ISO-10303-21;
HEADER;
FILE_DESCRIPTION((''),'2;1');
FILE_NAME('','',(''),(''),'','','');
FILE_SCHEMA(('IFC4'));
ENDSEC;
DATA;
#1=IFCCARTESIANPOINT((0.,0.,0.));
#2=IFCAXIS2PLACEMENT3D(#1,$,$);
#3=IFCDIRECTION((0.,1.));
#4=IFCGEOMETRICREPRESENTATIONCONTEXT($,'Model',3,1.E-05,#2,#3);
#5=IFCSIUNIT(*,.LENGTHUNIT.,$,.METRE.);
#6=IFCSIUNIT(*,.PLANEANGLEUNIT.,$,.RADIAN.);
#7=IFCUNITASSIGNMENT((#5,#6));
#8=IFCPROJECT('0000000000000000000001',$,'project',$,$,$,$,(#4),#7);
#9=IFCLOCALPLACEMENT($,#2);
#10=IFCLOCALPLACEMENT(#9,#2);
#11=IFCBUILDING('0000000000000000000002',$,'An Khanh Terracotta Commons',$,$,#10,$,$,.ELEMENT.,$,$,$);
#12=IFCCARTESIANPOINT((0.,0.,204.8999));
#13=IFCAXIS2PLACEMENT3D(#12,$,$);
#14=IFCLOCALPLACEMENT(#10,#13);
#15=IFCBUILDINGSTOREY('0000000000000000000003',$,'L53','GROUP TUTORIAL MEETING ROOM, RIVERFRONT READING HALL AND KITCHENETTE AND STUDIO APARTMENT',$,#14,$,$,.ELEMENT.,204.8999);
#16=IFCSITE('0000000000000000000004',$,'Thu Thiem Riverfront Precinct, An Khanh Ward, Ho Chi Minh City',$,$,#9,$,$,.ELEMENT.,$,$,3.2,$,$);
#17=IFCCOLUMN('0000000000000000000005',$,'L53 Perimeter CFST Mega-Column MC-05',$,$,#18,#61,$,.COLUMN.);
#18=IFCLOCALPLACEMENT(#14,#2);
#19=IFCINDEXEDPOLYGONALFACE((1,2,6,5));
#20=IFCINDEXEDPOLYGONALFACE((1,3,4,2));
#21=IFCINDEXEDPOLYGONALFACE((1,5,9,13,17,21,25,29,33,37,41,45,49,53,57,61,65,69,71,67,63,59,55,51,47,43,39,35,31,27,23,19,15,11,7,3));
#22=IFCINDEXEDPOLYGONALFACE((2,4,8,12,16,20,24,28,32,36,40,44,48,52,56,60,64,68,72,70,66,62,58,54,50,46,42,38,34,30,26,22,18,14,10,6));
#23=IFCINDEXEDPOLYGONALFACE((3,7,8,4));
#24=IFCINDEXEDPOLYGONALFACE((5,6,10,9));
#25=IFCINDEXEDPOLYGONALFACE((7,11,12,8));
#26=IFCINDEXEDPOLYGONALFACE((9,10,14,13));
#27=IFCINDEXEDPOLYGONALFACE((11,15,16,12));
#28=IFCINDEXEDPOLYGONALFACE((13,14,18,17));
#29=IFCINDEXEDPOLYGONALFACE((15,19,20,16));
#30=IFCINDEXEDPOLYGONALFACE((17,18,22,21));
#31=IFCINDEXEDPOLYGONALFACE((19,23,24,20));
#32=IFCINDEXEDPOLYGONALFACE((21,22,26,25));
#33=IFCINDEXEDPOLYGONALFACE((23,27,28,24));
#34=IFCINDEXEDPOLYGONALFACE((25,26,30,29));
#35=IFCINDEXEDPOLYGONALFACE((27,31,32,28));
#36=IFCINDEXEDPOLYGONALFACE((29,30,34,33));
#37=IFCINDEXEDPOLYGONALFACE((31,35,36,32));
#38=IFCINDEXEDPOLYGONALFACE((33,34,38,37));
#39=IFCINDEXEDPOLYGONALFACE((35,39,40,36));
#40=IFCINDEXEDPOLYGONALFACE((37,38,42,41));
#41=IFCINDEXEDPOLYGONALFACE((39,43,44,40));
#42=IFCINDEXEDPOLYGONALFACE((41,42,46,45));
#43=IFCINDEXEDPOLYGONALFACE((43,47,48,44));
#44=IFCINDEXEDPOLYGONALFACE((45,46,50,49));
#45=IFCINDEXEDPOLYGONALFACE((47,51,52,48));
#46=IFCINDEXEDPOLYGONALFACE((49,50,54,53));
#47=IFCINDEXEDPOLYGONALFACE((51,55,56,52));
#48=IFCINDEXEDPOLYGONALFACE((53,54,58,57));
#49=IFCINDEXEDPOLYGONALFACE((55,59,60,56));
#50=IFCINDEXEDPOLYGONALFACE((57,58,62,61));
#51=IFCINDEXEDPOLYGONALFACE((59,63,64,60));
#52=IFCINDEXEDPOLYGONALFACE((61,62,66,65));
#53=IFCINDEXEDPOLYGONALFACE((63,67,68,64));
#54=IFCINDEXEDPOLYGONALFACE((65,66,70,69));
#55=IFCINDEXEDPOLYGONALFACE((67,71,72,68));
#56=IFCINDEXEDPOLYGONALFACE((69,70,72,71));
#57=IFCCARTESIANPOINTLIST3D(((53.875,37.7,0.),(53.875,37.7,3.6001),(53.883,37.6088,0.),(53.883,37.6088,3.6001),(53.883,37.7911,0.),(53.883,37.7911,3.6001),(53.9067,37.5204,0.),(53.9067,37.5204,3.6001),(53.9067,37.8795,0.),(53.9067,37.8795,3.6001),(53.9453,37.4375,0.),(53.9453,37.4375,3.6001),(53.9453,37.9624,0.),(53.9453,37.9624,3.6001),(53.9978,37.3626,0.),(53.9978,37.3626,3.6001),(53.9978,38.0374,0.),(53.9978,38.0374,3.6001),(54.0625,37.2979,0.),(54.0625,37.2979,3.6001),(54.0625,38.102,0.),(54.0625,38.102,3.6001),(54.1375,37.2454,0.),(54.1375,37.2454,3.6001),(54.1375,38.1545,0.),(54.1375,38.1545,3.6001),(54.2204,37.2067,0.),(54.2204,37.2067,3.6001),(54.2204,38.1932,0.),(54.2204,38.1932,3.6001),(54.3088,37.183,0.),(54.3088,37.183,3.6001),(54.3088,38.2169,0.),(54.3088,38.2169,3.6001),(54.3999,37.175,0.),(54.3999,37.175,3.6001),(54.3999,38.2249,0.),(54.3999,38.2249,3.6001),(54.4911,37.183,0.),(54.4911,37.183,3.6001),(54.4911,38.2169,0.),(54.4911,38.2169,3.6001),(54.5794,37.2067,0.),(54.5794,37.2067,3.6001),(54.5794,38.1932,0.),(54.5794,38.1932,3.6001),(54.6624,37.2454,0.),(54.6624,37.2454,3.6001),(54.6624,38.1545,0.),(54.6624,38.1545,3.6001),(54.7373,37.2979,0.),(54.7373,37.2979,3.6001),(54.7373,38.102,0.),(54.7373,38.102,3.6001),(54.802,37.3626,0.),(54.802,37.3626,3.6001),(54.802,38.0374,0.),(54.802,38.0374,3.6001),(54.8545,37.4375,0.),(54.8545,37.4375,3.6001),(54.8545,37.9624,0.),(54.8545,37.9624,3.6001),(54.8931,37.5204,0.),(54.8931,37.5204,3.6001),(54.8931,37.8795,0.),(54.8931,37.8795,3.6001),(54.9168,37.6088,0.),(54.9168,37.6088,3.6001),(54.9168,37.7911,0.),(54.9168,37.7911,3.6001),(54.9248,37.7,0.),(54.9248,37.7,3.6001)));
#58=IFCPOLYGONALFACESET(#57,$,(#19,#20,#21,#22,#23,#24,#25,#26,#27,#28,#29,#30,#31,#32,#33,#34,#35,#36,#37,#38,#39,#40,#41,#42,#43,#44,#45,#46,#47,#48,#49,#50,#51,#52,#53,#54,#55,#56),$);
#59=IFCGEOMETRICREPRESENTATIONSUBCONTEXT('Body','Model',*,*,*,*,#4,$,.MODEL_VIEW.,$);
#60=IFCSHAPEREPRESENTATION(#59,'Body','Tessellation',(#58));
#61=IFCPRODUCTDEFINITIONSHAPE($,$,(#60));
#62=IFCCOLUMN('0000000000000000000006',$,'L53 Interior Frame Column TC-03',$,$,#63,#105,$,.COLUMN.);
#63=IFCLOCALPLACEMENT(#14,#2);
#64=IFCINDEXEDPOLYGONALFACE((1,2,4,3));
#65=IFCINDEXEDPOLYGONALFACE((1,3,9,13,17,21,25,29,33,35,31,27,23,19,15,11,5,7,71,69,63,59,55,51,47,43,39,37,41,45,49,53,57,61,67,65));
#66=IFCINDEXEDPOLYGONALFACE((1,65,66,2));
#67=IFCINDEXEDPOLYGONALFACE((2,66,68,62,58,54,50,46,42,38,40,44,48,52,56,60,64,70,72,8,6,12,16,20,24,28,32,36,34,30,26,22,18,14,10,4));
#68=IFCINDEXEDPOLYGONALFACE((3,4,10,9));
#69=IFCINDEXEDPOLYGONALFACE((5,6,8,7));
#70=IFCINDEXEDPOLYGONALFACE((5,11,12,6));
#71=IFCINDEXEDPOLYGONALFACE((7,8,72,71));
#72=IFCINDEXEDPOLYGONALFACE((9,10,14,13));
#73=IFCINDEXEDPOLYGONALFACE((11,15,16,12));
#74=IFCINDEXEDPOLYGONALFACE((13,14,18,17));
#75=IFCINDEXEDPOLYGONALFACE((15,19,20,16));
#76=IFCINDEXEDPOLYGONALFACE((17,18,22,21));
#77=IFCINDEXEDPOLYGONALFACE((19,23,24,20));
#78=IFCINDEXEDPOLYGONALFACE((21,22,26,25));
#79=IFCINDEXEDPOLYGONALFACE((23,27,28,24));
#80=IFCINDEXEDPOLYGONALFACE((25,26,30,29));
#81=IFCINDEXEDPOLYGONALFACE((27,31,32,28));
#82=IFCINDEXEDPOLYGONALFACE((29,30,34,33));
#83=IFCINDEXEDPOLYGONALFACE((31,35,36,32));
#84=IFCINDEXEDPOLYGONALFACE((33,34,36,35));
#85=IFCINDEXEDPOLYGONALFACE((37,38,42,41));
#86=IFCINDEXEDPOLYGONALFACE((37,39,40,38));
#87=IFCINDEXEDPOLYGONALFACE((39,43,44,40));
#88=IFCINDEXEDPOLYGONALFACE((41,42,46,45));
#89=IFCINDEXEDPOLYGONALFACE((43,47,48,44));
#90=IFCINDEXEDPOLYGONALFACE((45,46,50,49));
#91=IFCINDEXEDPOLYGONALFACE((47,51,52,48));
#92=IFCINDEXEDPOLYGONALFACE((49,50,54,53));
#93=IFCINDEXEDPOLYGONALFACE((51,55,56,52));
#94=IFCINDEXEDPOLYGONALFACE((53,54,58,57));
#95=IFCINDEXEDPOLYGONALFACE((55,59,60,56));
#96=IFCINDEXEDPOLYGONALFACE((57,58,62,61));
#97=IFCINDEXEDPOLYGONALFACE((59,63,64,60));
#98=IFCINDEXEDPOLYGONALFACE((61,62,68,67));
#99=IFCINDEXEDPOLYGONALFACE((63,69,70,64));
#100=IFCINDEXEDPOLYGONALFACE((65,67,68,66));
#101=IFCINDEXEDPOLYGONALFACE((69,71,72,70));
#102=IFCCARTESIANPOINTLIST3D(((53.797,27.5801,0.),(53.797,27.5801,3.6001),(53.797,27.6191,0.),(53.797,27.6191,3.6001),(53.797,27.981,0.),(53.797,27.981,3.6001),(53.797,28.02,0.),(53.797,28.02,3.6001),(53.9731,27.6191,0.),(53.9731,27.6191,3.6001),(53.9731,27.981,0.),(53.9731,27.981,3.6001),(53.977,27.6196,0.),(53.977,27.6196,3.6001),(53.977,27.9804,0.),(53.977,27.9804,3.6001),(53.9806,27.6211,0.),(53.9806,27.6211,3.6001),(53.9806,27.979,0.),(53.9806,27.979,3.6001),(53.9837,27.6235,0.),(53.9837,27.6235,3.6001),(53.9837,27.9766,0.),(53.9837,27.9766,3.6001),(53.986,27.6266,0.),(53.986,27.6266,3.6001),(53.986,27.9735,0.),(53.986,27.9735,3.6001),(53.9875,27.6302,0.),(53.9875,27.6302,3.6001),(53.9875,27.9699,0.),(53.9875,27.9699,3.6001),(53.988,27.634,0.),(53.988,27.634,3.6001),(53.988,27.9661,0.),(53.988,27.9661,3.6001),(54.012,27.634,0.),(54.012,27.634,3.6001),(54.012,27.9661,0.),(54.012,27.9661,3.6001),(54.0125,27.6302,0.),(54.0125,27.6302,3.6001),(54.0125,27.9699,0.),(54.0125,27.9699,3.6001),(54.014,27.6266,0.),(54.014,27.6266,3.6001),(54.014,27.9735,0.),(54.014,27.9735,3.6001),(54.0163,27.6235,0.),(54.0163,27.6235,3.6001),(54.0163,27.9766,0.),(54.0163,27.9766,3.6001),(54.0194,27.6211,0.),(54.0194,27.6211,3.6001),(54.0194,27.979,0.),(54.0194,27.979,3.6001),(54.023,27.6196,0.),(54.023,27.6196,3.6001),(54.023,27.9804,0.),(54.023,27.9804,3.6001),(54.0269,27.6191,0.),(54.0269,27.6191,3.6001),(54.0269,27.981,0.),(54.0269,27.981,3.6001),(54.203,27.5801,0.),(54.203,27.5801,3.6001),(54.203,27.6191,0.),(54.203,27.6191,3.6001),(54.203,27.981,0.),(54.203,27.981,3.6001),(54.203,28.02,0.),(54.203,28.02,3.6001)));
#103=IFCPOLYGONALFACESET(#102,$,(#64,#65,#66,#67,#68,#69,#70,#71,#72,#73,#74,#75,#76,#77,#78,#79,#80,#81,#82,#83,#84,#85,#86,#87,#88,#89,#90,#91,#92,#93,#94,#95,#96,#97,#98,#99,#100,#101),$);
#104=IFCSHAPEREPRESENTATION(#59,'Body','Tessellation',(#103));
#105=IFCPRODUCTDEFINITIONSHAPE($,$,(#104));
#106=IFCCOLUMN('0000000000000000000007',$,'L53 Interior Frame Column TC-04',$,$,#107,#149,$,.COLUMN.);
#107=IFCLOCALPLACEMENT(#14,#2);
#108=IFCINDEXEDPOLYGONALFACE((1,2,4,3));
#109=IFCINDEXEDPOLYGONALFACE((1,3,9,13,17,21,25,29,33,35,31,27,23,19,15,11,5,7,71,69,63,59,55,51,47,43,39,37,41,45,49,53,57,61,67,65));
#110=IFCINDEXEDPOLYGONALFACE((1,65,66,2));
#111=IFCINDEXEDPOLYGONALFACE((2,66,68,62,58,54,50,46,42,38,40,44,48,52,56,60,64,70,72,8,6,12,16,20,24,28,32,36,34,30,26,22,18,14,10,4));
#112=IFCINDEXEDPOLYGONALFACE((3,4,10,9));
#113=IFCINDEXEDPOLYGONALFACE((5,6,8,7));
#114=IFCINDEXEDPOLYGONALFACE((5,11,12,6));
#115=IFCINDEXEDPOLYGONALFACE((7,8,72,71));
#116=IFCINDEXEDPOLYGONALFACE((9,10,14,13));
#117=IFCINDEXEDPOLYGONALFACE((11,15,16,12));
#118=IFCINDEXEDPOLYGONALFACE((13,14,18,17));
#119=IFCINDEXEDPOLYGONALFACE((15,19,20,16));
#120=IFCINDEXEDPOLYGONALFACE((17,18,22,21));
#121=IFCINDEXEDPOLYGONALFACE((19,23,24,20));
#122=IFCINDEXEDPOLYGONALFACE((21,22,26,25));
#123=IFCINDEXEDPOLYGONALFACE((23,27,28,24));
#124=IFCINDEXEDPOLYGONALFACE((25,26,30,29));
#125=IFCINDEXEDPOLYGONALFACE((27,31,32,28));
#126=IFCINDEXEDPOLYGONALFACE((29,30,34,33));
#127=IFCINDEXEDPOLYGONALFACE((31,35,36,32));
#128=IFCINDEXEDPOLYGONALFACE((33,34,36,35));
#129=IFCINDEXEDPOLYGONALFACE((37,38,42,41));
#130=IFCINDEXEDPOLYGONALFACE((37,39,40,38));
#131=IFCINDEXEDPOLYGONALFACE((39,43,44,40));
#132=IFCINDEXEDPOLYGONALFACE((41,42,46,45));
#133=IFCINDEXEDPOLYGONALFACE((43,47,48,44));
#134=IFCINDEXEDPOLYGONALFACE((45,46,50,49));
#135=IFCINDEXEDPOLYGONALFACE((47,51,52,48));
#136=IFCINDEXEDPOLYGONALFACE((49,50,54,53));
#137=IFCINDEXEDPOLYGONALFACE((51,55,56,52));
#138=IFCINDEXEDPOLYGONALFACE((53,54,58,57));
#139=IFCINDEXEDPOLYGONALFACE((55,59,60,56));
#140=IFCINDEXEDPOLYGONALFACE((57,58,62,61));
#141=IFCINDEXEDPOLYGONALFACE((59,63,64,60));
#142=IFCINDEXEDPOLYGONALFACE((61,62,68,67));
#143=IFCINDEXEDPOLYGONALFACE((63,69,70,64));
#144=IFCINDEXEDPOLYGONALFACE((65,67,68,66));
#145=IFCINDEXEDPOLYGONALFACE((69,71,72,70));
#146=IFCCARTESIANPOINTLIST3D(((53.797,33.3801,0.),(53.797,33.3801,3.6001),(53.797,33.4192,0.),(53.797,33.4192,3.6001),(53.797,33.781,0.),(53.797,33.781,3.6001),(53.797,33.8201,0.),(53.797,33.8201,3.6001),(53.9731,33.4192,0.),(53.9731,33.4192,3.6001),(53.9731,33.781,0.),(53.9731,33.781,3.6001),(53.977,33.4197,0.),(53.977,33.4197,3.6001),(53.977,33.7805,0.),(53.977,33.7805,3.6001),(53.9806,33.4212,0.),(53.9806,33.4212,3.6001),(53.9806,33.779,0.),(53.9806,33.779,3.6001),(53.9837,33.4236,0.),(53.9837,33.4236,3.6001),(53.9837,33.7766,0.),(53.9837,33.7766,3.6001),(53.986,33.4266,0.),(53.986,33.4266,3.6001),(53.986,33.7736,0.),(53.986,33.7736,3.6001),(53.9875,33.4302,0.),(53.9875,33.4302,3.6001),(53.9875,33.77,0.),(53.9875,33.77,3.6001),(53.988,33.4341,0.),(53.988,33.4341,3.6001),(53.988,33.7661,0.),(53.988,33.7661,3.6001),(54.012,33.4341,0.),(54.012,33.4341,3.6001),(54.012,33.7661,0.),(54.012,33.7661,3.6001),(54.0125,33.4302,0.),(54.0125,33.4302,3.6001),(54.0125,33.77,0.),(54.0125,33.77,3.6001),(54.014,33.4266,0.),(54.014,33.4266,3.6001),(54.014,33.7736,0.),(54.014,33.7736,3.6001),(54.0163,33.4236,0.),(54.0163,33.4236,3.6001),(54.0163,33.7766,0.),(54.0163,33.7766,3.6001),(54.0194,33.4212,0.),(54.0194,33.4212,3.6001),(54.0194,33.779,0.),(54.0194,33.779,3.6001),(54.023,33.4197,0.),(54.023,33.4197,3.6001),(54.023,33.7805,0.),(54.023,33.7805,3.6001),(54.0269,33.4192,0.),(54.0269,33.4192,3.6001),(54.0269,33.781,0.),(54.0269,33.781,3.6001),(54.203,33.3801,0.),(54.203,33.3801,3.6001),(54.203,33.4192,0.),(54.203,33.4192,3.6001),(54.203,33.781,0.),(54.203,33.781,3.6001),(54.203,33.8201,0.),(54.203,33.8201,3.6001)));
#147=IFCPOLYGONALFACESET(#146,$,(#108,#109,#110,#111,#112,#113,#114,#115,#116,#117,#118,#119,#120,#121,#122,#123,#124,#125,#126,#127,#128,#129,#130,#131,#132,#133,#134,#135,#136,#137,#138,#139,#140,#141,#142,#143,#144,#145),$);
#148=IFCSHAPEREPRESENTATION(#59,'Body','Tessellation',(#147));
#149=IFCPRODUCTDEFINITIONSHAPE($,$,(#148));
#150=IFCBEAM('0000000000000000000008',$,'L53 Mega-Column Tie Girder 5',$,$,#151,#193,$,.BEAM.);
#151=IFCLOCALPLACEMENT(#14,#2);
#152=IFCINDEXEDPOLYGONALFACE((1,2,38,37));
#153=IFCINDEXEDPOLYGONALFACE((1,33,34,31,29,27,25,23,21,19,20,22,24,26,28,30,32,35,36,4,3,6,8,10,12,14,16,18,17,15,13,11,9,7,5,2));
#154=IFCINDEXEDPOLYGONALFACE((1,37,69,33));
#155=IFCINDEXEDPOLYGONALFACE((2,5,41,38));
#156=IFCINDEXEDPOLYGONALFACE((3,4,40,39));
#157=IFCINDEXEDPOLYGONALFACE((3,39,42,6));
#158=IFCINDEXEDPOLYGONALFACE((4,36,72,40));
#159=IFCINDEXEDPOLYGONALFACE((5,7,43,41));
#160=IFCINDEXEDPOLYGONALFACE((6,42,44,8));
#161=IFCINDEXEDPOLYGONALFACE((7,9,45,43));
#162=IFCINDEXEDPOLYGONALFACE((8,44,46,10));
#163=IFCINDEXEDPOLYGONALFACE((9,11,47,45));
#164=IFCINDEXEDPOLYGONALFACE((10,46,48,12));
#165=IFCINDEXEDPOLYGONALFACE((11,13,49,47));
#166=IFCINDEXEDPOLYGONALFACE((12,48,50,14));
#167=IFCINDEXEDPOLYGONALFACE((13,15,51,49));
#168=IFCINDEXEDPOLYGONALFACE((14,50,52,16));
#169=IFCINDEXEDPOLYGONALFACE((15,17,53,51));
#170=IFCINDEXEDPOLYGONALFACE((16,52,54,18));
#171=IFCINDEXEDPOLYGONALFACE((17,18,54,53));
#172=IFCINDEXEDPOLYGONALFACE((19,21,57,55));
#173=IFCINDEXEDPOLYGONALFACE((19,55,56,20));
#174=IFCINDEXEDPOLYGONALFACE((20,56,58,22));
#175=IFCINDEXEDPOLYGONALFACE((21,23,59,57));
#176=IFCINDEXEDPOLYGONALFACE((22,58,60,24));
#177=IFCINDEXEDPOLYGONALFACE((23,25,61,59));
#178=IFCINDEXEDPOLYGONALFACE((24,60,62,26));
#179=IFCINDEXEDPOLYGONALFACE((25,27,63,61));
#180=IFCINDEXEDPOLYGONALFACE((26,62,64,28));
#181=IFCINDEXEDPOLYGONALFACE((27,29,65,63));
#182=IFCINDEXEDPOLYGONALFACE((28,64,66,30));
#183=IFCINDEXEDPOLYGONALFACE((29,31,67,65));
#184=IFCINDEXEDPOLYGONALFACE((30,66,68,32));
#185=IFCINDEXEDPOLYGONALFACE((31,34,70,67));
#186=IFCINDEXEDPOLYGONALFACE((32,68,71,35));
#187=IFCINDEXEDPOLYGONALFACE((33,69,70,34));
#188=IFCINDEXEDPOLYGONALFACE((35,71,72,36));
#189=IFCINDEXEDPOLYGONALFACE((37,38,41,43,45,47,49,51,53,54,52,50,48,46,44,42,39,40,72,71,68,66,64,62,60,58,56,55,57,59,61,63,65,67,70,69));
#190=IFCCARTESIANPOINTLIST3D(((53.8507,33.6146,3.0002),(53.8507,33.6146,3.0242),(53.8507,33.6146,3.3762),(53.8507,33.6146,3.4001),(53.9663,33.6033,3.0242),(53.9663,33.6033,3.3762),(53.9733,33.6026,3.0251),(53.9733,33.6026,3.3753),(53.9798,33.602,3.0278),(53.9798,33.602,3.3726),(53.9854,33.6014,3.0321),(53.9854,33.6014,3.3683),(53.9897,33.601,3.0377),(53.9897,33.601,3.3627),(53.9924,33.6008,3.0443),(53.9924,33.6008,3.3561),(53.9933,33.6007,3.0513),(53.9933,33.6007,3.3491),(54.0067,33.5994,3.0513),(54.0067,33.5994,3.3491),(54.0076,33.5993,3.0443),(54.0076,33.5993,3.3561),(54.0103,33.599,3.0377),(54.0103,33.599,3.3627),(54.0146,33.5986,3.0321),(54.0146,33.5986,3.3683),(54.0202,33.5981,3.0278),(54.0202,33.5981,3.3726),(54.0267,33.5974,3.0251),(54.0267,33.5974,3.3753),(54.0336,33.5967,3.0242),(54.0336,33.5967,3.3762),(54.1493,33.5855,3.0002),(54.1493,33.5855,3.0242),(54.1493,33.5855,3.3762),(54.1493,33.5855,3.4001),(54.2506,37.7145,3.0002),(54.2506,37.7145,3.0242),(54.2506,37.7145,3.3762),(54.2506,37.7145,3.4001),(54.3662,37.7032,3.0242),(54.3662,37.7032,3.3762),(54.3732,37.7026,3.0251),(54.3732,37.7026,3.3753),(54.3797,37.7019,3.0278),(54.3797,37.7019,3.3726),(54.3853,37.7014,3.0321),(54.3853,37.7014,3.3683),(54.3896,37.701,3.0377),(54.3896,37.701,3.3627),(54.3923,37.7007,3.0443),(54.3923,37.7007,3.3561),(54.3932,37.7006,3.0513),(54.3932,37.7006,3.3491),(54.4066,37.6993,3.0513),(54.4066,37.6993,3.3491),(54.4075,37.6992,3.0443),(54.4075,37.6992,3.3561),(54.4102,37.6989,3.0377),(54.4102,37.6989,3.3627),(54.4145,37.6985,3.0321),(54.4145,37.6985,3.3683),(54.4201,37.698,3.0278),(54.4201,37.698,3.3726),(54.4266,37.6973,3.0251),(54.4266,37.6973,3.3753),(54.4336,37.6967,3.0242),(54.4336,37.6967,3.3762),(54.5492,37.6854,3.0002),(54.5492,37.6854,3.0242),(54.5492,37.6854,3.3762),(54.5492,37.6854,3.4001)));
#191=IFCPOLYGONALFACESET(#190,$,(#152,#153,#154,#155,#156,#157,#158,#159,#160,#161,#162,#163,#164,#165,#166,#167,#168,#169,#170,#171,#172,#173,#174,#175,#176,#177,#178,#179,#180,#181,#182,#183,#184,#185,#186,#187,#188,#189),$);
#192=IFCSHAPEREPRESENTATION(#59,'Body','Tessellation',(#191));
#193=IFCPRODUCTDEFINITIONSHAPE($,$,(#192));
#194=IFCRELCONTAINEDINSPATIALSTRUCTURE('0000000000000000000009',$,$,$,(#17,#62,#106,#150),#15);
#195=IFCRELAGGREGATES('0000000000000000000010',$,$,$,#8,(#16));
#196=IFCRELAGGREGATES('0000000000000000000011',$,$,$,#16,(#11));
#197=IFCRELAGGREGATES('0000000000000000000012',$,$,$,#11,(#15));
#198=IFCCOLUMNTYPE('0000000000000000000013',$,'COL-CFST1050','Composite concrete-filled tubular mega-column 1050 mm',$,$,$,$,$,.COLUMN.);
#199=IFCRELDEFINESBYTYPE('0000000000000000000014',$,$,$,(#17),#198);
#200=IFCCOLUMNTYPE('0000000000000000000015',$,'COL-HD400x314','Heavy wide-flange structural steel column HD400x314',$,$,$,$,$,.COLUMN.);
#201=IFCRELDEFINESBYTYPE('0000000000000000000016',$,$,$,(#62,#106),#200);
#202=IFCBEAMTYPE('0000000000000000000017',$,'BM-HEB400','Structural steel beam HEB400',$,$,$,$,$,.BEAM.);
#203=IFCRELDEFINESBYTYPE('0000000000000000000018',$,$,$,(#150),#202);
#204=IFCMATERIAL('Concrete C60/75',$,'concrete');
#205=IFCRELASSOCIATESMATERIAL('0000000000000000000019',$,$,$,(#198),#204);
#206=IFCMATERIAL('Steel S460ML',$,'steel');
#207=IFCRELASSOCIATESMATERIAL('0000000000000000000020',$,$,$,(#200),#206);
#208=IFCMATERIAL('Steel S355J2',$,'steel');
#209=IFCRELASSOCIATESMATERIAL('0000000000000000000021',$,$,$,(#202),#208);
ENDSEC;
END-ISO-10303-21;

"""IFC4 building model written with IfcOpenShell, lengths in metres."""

from ifc_helpers import new_model, si_unit, direction, frame, origin, origin_2d, place, context, subcontext, project, spatial, circle, i_section, extrude, material, material_profile, profile_set, type_object, element, save


model = new_model("IFC4")

# Units and contexts
model_context = context("Model", 3, precision=1e-05, world=origin(), true_north=direction((0.0, 1.0)))
body_context = subcontext(model_context, "Body", "Model", "MODEL_VIEW")
ifc_project = project(units=[si_unit("LENGTHUNIT", "METRE"), si_unit("PLANEANGLEUNIT", "RADIAN")], contexts=[model_context])

# Site, building, storey
site_placement = place(None, origin())
site = spatial("IfcSite", under=ifc_project, at=site_placement, Name="Thu Thiem Riverfront Precinct, An Khanh Ward, Ho Chi Minh City", CompositionType="ELEMENT", RefElevation=3.2)
building_placement = place(site_placement, origin())
building = spatial("IfcBuilding", under=site, at=building_placement, Name="An Khanh Terracotta Commons", CompositionType="ELEMENT")
storey_placement = place(building_placement, frame((0.0, 0.0, 204.8999)))
storey = spatial("IfcBuildingStorey", under=building, at=storey_placement, Name="L53", Description="GROUP TUTORIAL MEETING ROOM, RIVERFRONT READING HALL AND KITCHENETTE AND STUDIO APARTMENT", CompositionType="ELEMENT", Elevation=204.8999)

# Columns
ifc_material_1 = material(Name="Concrete C60/75", Category="concrete")
ifc_material_profile_1 = material_profile(ifc_material_1, circle(Radius=0.5249, at=origin_2d()), Name="CFST1050")
ifc_profile_set_1 = profile_set([ifc_material_profile_1], Name="Concrete C60/75")
column_type_1 = type_object("IfcColumnType", Name="COL-CFST1050", Description="Composite concrete-filled tubular mega-column 1050 mm", PredefinedType="COLUMN", material=ifc_profile_set_1)
column_placement = place(storey_placement, frame((54.3999, 37.7, 0.0), z_axis=(0.0, 0.0, 1.0), x_axis=(1.0, 0.0, 0.0)))
element("IfcColumn", 1, at=column_placement, inside=storey, type_object=column_type_1, Name="L53 Perimeter CFST Mega-Column MC-05", PredefinedType="COLUMN", context=body_context, shape_type="SweptSolid", body=[
    extrude(circle(Radius=0.5249, at=origin_2d()), origin(), (0.0, 0.0, 1.0), 3.6001),
])
ifc_material_2 = material(Name="Steel S460ML", Category="steel")
ifc_material_profile_2 = material_profile(ifc_material_2, i_section(OverallWidth=0.406, OverallDepth=0.4399, WebThickness=0.0239, FlangeThickness=0.0391, FilletRadius=0.0149, at=origin_2d()), Name="HD400x314")
ifc_profile_set_2 = profile_set([ifc_material_profile_2], Name="Steel S460ML")
column_type_2 = type_object("IfcColumnType", Name="COL-HD400x314", Description="Heavy wide-flange structural steel column HD400x314", PredefinedType="COLUMN", material=ifc_profile_set_2)
for number, where, z_axis, x_axis, name in (
    (2, (54.0, 27.8, 0.0), (0.0, 0.0, 1.0), (1.0, 0.0, 0.0), "L53 Interior Frame Column TC-03"),
    (3, (54.0, 33.6001, 0.0), (0.0, 0.0, 1.0), (1.0, 0.0, 0.0), "L53 Interior Frame Column TC-04"),
):
    element("IfcColumn", number, at=place(storey_placement, frame(where, z_axis=z_axis, x_axis=x_axis)), inside=storey, type_object=column_type_2, Name=name, PredefinedType="COLUMN", context=body_context, shape_type="SweptSolid", body=[
        extrude(i_section(OverallWidth=0.406, OverallDepth=0.4399, WebThickness=0.0239, FlangeThickness=0.0391, FilletRadius=0.0149, at=origin_2d()), origin(), (0.0, 0.0, 1.0), 3.6001),
    ])

# Beam
ifc_material_3 = material(Name="Steel S355J2", Category="steel")
ifc_material_profile_3 = material_profile(ifc_material_3, i_section(OverallWidth=0.3, OverallDepth=0.3999, WebThickness=0.0134, FlangeThickness=0.0239, FilletRadius=0.0271, at=origin_2d()), Name="HEB400")
ifc_profile_set_3 = profile_set([ifc_material_profile_3], Name="Steel S355J2")
beam_type_1 = type_object("IfcBeamType", Name="BM-HEB400", Description="Structural steel beam HEB400", PredefinedType="BEAM", material=ifc_profile_set_3)
beam_1_placement = place(storey_placement, frame((54.3999, 37.7, 3.2002), z_axis=(-0.09708, -0.995277, 0.0), x_axis=(0.995277, -0.09708, 0.0)))
element("IfcBeam", 4, at=beam_1_placement, inside=storey, type_object=beam_type_1, Name="L53 Mega-Column Tie Girder 5", PredefinedType="BEAM", context=body_context, shape_type="SweptSolid", body=[
    extrude(i_section(OverallWidth=0.3, OverallDepth=0.3999, WebThickness=0.0134, FlangeThickness=0.0239, FilletRadius=0.0271, at=origin_2d()), origin(), (0.0, 0.0, 1.0), 4.1194),
])

save(model, "model.ifc")
